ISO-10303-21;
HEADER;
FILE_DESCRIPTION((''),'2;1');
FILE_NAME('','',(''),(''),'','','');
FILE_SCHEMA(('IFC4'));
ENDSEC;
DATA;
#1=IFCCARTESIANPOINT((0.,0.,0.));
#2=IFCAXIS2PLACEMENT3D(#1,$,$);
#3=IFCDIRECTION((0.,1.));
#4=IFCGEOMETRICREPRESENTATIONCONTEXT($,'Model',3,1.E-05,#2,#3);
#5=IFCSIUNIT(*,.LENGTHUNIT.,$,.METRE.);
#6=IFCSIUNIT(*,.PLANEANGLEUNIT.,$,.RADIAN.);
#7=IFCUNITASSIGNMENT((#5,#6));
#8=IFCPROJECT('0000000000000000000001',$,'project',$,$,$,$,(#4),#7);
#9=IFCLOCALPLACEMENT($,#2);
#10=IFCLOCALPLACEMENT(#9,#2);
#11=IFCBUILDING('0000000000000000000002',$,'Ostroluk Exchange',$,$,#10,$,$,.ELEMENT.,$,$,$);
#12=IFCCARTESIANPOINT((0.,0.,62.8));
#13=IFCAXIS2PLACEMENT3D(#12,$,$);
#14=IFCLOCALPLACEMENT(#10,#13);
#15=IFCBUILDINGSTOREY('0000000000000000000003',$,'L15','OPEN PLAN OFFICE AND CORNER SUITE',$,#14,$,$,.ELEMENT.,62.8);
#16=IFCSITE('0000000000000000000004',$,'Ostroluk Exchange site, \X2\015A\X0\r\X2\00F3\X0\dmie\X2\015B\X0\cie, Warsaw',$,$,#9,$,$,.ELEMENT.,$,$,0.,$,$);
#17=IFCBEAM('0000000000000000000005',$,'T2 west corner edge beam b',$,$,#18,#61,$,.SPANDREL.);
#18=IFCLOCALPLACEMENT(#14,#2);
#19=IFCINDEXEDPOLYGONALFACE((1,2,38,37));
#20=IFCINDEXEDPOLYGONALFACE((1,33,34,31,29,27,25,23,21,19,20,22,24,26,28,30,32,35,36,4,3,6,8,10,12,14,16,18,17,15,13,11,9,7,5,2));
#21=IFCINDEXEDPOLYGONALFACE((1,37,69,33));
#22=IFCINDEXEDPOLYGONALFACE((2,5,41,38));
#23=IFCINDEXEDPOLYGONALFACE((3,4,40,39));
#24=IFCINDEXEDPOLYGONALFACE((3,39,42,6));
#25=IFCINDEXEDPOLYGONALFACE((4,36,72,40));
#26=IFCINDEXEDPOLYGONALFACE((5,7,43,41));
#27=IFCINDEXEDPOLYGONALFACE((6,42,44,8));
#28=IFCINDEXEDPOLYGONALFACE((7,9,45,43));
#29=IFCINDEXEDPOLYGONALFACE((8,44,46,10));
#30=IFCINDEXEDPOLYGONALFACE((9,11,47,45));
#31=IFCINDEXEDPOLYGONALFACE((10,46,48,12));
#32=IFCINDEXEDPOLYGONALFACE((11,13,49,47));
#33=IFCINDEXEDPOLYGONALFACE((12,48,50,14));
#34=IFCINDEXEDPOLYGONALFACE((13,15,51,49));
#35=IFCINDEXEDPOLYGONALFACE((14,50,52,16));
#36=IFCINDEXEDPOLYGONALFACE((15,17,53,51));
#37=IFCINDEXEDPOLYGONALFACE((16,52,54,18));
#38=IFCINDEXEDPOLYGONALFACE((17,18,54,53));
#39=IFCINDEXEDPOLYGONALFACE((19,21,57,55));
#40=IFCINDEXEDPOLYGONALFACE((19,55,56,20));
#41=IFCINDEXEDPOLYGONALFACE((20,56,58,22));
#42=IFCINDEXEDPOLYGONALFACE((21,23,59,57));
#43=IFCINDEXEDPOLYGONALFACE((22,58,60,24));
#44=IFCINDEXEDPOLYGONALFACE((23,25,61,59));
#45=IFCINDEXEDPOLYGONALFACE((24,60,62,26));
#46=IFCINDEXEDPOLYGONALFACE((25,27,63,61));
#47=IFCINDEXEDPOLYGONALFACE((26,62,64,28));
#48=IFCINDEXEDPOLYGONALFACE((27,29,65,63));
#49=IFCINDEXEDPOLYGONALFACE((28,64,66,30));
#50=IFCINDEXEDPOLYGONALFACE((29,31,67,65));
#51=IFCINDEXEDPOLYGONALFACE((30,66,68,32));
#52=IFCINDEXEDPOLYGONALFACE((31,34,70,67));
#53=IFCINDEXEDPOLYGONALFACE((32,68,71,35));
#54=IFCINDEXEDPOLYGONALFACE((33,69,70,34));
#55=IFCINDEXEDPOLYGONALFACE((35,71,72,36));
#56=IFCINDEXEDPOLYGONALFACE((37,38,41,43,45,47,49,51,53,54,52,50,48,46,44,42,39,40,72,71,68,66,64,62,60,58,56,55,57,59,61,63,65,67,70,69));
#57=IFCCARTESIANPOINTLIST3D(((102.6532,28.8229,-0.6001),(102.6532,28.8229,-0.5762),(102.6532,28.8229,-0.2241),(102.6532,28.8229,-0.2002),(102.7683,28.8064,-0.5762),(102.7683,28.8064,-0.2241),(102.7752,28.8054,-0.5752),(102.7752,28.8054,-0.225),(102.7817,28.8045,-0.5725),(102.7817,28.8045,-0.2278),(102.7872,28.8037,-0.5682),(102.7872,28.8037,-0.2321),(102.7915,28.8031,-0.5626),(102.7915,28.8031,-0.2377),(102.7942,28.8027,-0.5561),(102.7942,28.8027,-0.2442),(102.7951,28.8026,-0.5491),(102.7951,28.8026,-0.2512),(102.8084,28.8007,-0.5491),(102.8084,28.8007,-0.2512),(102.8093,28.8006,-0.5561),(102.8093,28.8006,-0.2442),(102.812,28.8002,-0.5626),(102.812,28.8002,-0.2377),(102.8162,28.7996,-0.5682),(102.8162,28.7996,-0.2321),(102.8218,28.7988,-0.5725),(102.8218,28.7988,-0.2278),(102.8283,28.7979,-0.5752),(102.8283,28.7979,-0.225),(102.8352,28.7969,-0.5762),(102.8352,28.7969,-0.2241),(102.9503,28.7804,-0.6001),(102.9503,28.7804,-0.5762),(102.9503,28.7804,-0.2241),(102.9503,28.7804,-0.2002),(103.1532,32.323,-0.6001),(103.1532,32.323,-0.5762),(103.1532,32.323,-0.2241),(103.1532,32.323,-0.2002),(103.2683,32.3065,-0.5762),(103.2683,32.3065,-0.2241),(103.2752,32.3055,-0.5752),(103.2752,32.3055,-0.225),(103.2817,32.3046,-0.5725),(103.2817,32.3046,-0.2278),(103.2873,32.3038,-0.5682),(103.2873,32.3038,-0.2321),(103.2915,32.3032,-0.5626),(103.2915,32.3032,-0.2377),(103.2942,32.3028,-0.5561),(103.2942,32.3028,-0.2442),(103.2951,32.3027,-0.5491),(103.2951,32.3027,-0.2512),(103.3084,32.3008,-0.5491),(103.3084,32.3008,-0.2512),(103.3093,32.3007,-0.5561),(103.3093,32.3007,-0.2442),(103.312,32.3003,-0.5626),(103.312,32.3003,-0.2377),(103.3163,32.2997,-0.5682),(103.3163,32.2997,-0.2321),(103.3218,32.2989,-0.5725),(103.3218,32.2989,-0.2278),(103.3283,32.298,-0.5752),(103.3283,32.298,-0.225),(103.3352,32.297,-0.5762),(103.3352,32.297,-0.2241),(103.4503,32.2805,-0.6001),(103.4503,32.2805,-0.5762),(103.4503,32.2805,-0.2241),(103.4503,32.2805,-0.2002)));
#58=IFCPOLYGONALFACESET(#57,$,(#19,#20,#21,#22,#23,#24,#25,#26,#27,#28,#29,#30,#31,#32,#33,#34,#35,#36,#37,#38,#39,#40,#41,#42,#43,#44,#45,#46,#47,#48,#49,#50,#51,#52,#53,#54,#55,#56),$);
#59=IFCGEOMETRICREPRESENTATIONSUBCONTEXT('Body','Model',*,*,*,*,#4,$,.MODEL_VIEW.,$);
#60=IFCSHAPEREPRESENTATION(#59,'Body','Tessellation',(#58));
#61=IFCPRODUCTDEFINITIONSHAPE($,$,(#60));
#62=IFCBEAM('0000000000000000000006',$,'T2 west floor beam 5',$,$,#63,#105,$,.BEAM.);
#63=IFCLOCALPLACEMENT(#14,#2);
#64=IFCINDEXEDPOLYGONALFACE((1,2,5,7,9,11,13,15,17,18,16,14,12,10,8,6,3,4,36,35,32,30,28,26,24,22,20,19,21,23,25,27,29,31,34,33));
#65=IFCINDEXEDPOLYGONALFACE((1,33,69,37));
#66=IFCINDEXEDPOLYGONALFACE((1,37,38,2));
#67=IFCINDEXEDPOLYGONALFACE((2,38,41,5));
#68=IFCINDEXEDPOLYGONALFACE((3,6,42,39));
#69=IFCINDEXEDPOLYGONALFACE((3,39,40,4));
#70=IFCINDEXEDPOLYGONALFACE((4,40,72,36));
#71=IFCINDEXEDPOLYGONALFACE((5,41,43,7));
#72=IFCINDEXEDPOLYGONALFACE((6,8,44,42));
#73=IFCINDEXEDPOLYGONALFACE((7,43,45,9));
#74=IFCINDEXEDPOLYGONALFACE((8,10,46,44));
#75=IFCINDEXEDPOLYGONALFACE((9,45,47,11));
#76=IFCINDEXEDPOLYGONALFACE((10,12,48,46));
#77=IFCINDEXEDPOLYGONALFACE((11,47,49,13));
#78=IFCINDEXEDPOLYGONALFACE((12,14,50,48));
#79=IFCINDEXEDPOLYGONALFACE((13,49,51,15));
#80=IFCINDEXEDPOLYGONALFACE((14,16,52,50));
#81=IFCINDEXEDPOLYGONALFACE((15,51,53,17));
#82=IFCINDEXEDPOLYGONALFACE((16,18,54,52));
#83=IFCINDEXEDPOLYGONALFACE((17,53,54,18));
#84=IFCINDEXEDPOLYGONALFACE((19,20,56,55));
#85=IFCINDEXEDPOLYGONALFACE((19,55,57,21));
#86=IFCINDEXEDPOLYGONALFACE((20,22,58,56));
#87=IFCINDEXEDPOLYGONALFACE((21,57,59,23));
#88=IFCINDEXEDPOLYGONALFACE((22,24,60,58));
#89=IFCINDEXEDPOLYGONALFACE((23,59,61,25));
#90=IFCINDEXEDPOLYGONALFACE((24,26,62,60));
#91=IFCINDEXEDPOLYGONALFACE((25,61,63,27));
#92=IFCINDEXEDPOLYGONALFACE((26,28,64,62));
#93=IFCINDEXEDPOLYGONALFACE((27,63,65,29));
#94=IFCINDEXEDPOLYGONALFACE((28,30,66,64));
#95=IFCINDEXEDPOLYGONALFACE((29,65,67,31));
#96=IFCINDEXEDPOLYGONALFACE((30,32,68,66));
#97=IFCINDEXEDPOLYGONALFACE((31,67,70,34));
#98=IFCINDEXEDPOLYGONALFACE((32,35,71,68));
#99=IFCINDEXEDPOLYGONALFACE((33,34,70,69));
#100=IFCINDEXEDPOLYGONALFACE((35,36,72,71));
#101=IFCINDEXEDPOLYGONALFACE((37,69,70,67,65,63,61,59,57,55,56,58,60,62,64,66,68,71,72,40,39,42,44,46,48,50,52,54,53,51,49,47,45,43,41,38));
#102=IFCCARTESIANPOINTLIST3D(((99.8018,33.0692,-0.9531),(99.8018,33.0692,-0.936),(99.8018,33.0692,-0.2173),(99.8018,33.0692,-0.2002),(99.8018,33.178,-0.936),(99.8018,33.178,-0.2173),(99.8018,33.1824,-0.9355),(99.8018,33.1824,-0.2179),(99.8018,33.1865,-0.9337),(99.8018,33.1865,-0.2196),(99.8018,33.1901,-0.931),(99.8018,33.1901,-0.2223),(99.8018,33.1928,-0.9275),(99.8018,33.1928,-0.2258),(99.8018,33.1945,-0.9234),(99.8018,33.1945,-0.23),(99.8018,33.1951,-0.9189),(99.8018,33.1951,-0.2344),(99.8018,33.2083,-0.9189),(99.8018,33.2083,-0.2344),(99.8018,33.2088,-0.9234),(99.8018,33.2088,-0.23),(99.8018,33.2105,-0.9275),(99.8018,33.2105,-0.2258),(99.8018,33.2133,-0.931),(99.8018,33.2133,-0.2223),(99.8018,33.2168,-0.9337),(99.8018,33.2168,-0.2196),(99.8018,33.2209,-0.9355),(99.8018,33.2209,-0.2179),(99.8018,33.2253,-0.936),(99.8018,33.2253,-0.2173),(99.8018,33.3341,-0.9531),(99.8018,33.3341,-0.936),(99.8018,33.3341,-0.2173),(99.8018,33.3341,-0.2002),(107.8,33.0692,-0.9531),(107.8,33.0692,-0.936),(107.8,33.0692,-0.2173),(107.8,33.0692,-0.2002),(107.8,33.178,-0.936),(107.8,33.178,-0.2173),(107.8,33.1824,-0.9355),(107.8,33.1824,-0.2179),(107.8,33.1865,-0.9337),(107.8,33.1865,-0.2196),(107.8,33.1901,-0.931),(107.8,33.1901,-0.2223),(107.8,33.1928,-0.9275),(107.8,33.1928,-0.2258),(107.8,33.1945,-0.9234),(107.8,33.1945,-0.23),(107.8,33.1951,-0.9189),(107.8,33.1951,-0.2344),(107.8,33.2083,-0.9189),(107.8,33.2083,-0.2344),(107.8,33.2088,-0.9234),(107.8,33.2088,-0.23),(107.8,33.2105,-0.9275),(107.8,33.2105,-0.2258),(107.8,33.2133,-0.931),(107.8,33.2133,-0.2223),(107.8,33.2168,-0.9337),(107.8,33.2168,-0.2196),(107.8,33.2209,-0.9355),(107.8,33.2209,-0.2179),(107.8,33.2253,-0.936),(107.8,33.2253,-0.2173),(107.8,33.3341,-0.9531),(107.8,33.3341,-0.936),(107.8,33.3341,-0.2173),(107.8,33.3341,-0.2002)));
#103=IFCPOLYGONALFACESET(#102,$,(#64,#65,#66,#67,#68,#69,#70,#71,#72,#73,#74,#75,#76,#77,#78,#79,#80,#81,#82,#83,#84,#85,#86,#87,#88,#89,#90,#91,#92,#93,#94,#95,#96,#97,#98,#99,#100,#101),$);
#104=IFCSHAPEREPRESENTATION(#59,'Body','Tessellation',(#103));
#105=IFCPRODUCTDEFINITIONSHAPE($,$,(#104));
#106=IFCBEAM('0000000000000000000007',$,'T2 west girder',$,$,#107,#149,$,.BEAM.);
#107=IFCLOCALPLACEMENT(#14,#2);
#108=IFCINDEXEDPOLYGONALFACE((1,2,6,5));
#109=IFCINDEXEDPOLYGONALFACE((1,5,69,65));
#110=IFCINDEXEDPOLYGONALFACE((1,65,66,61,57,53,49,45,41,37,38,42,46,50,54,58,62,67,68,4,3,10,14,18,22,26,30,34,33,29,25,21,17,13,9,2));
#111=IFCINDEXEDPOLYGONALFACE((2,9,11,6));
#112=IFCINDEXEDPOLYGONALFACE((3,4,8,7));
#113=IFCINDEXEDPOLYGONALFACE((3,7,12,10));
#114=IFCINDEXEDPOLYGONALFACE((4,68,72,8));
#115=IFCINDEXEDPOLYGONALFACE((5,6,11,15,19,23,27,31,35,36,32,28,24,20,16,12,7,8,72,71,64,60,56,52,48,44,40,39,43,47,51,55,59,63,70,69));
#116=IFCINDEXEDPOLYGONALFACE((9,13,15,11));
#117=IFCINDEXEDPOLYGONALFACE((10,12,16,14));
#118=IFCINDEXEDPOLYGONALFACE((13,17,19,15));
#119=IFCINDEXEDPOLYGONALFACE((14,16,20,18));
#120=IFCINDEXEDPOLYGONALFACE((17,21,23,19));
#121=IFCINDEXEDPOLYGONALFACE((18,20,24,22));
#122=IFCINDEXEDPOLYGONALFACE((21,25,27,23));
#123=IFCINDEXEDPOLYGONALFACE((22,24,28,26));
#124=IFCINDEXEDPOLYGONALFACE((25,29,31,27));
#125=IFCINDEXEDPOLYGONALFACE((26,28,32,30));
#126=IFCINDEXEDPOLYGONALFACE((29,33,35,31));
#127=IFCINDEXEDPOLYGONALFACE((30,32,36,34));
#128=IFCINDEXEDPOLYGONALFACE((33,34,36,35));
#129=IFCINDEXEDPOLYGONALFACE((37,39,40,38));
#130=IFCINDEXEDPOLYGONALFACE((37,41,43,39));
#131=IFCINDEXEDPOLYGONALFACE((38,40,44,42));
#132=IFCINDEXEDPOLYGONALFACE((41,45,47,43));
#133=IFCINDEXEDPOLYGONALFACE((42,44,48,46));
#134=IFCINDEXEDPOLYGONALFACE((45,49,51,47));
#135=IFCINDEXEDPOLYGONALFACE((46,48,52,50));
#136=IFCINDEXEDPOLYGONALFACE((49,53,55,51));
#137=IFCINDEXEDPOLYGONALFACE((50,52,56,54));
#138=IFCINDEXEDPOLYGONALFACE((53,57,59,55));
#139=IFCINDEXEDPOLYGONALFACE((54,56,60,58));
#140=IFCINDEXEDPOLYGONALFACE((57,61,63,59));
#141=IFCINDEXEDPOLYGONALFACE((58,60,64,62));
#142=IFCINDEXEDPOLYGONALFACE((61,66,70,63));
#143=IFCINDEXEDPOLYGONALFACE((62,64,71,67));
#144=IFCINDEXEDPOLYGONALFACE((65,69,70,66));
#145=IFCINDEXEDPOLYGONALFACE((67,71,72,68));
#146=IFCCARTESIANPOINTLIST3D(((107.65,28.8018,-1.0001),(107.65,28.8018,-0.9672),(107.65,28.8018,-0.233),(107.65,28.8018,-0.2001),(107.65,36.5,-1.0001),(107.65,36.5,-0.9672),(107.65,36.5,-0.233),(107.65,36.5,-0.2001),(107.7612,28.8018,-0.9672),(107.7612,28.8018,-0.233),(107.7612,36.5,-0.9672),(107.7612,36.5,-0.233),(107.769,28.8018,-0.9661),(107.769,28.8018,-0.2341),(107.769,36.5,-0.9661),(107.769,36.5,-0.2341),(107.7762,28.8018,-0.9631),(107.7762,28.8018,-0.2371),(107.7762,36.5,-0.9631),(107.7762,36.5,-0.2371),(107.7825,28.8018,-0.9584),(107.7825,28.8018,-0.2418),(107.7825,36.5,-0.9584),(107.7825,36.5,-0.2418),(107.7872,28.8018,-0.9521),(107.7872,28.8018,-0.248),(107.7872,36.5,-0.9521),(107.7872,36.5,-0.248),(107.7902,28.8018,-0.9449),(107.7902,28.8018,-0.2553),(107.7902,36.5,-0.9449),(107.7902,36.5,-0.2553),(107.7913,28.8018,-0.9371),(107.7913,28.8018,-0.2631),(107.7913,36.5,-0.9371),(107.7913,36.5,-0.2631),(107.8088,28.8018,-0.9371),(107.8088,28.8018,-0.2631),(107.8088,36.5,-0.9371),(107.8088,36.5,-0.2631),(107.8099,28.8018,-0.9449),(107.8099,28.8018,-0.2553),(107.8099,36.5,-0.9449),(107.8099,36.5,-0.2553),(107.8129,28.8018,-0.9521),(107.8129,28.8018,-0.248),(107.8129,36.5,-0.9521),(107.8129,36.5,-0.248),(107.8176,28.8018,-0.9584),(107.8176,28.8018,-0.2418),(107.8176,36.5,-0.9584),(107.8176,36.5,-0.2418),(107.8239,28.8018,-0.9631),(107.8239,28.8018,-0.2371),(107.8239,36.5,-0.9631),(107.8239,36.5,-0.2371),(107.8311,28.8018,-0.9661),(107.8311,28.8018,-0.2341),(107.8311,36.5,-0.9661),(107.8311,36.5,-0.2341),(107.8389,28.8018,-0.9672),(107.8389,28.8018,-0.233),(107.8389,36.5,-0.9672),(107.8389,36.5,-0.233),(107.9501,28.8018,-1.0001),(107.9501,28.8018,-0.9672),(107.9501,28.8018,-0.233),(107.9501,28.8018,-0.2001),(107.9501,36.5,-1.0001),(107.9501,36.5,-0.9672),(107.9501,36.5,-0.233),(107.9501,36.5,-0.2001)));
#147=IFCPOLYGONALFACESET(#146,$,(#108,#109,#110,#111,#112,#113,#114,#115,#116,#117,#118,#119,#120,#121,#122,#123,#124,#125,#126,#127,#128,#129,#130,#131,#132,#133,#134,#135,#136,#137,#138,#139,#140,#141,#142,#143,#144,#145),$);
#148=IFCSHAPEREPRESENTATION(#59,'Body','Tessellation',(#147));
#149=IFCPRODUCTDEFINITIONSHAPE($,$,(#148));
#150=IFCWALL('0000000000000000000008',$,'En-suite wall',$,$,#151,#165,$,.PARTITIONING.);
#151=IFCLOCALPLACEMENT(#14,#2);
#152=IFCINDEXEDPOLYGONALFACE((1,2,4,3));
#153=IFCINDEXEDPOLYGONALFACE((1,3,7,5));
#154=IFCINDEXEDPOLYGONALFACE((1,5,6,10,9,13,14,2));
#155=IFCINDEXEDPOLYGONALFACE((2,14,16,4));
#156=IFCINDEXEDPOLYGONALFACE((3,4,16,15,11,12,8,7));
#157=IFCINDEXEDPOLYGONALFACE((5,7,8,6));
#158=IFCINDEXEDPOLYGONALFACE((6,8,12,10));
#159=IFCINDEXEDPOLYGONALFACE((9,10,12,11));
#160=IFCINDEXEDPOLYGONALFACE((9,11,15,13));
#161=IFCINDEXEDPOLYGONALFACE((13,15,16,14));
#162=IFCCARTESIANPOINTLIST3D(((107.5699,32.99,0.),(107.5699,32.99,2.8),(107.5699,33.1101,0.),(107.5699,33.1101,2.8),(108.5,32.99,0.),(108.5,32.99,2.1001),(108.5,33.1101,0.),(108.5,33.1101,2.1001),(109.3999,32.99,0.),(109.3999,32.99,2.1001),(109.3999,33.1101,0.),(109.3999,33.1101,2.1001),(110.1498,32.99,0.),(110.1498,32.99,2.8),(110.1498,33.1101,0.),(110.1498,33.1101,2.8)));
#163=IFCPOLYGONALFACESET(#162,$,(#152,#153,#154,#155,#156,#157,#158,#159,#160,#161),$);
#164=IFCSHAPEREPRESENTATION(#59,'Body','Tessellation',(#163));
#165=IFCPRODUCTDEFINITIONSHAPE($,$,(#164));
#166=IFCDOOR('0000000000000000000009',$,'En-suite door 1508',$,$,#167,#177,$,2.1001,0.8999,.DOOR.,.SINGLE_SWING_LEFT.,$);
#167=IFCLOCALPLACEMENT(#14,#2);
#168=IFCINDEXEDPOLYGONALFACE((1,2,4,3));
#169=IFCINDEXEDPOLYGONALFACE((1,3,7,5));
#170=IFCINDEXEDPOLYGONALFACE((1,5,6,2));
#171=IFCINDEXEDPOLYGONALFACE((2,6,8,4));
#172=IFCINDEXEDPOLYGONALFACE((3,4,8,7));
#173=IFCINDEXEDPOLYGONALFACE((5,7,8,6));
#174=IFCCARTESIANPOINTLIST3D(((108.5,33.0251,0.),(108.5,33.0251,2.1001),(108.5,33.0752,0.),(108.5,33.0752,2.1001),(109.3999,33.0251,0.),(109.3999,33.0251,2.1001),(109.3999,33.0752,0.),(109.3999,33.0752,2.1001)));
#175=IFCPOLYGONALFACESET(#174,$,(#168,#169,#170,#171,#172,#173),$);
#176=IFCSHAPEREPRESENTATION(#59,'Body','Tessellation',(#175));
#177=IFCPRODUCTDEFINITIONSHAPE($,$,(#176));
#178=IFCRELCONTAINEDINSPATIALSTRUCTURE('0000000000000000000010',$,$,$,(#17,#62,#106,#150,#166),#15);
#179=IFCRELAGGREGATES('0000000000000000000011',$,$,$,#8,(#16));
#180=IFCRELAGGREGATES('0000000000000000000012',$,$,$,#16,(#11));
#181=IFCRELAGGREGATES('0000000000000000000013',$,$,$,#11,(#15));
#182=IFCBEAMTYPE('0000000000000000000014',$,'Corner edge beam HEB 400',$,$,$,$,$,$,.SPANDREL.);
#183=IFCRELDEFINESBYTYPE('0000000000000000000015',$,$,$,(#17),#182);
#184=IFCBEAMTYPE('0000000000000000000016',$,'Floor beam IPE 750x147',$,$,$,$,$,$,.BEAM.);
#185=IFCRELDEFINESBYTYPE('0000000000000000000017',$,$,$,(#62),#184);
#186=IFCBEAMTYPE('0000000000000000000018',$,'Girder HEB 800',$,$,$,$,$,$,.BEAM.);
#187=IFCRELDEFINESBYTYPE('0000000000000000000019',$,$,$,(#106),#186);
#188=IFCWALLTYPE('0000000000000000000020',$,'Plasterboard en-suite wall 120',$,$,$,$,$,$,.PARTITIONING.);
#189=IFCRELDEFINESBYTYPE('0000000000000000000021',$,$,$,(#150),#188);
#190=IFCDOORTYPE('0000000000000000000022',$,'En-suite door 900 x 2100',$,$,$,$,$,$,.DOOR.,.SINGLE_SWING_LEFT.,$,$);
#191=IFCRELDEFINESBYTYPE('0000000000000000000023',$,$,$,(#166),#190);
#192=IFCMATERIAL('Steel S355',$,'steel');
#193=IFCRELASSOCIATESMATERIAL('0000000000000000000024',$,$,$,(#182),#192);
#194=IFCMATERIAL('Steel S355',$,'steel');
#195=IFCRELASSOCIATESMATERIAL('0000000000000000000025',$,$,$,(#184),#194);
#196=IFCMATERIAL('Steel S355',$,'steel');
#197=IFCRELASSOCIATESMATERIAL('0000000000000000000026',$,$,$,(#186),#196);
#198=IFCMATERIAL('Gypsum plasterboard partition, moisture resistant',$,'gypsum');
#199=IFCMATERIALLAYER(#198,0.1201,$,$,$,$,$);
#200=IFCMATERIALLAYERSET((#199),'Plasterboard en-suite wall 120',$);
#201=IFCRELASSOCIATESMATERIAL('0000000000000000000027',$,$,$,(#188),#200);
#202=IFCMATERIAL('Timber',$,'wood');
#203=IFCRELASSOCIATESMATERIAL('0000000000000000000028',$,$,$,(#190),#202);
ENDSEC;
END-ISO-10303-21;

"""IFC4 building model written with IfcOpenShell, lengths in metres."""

from ifc_helpers import new_model, si_unit, direction, frame, frame_2d, origin, origin_2d, place, context, subcontext, project, spatial, rectangle, i_section, extrude, material, layer, layer_set, material_profile, profile_set, type_object, element, fill, save


model = new_model("IFC4")

# Units and contexts
model_context = context("Model", 3, precision=1e-05, world=origin(), true_north=direction((0.0, 1.0)))
body_context = subcontext(model_context, "Body", "Model", "MODEL_VIEW")
ifc_project = project(units=[si_unit("LENGTHUNIT", "METRE"), si_unit("PLANEANGLEUNIT", "RADIAN")], contexts=[model_context])

# Site, building, storey
site_placement = place(None, origin())
site = spatial("IfcSite", under=ifc_project, at=site_placement, Name="Ostroluk Exchange site, Śródmieście, Warsaw", CompositionType="ELEMENT", RefElevation=0.0)
building_placement = place(site_placement, origin())
building = spatial("IfcBuilding", under=site, at=building_placement, Name="Ostroluk Exchange", CompositionType="ELEMENT")
storey_placement = place(building_placement, frame((0.0, 0.0, 62.8)))
storey = spatial("IfcBuildingStorey", under=building, at=storey_placement, Name="L15", Description="OPEN PLAN OFFICE AND CORNER SUITE", CompositionType="ELEMENT", Elevation=62.8)

# Beams
ifc_material_1 = material(Name="Steel S355", Category="steel")
ifc_material_profile_1 = material_profile(ifc_material_1, i_section(OverallWidth=0.3, OverallDepth=0.3999, WebThickness=0.0134, FlangeThickness=0.0239, FilletRadius=0.0271, at=origin_2d()), Name="HEB 400")
ifc_profile_set_1 = profile_set([ifc_material_profile_1], Name="Steel S355")
beam_type_1 = type_object("IfcBeamType", Name="Corner edge beam HEB 400", PredefinedType="SPANDREL", material=ifc_profile_set_1)
for number, where, z_axis, x_axis, name in (
    (1, (103.3018, 32.3018, -0.4001), (-0.141421, -0.989949, 0.0), (0.989949, -0.141421, 0.0), "T2 west corner edge beam b"),
):
    element("IfcBeam", number, at=place(storey_placement, frame(where, z_axis=z_axis, x_axis=x_axis)), inside=storey, type_object=beam_type_1, Name=name, PredefinedType="SPANDREL", context=body_context, shape_type="SweptSolid", body=[
        extrude(i_section(OverallWidth=0.3, OverallDepth=0.3999, WebThickness=0.0134, FlangeThickness=0.0239, FilletRadius=0.0271, at=origin_2d()), origin(), (0.0, 0.0, 1.0), 3.5356),
    ])
ifc_material_2 = material(Name="Steel S355", Category="steel")
ifc_material_profile_2 = material_profile(ifc_material_2, i_section(OverallWidth=0.2649, OverallDepth=0.7529, WebThickness=0.0132, FlangeThickness=0.0171, FilletRadius=0.0171, at=origin_2d()), Name="IPE 750x147")
ifc_profile_set_2 = profile_set([ifc_material_profile_2], Name="Steel S355")
beam_type_2 = type_object("IfcBeamType", Name="Floor beam IPE 750x147", PredefinedType="BEAM", material=ifc_profile_set_2)
beam_1_placement = place(storey_placement, frame((107.8, 33.2017, -0.5767), z_axis=(-1.0, 0.0, 0.0), x_axis=(0.0, -1.0, 0.0)))
element("IfcBeam", 2, at=beam_1_placement, inside=storey, type_object=beam_type_2, Name="T2 west floor beam 5", PredefinedType="BEAM", context=body_context, shape_type="SweptSolid", body=[
    extrude(i_section(OverallWidth=0.2649, OverallDepth=0.7529, WebThickness=0.0132, FlangeThickness=0.0171, FilletRadius=0.0171, at=origin_2d()), origin(), (0.0, 0.0, 1.0), 7.9983),
])
ifc_material_3 = material(Name="Steel S355", Category="steel")
ifc_material_profile_3 = material_profile(ifc_material_3, i_section(OverallWidth=0.3, OverallDepth=0.8, WebThickness=0.0176, FlangeThickness=0.033, FilletRadius=0.03, at=origin_2d()), Name="HEB 800")
ifc_profile_set_3 = profile_set([ifc_material_profile_3], Name="Steel S355")
beam_type_3 = type_object("IfcBeamType", Name="Girder HEB 800", PredefinedType="BEAM", material=ifc_profile_set_3)
beam_2_placement = place(storey_placement, frame((107.8, 36.5, -0.6001), z_axis=(0.0, -1.0, 0.0), x_axis=(1.0, 0.0, 0.0)))
element("IfcBeam", 3, at=beam_2_placement, inside=storey, type_object=beam_type_3, Name="T2 west girder", PredefinedType="BEAM", context=body_context, shape_type="SweptSolid", body=[
    extrude(i_section(OverallWidth=0.3, OverallDepth=0.8, WebThickness=0.0176, FlangeThickness=0.033, FilletRadius=0.03, at=origin_2d()), origin(), (0.0, 0.0, 1.0), 7.6982),
])

# Wall, opening, door
ifc_material_4 = material(Name="Gypsum plasterboard partition, moisture resistant", Category="gypsum")
ifc_layer_1 = layer(ifc_material_4, 0.1201)
ifc_layer_set_1 = layer_set([ifc_layer_1], Name="Plasterboard en-suite wall 120")
wall_type_1 = type_object("IfcWallType", Name="Plasterboard en-suite wall 120", PredefinedType="PARTITIONING", material=ifc_layer_set_1)
wall_1_placement = place(storey_placement, frame((110.1499, 33.05, 0.0), z_axis=(0.0, 0.0, 1.0), x_axis=(-1.0, 0.0, 0.0)))
wall_1 = element("IfcWall", 4, at=wall_1_placement, inside=storey, type_object=wall_type_1, Name="En-suite wall", PredefinedType="PARTITIONING", context=body_context, shape_type="SweptSolid", body=[
    extrude(rectangle(XDim=2.5798, YDim=0.1201, at=frame_2d((1.29, 0.0))), origin(), (0.0, 0.0, 1.0), 2.8),
])
opening_1_placement = place(wall_1_placement, frame((0.75, 0.0, 0.0)))
opening_1 = element("IfcOpeningElement", 5, at=opening_1_placement, cuts=wall_1, PredefinedType="OPENING", context=body_context, shape_type="SweptSolid", body=[
    extrude(rectangle(XDim=0.8999, YDim=2.1001, at=frame_2d((0.45, 1.05))), frame((0.0, 0.0701, 0.0), z_axis=(0.0, -1.0, 0.0), x_axis=(1.0, 0.0, 0.0)), (0.0, 0.0, 1.0), 0.1401),
])
ifc_material_5 = material(Name="Timber", Category="wood")
door_type_1 = type_object("IfcDoorType", Name="En-suite door 900 x 2100", OperationType="SINGLE_SWING_LEFT", PredefinedType="DOOR", material=ifc_material_5)
door_1_placement = place(opening_1_placement, origin())
door_1 = element("IfcDoor", 6, at=door_1_placement, inside=storey, type_object=door_type_1, Name="En-suite door 1508", OperationType="SINGLE_SWING_LEFT", OverallHeight=2.1001, OverallWidth=0.8999, PredefinedType="DOOR", context=body_context, shape_type="SweptSolid", body=[
    extrude(rectangle(XDim=0.8999, YDim=2.1001, at=frame_2d((0.45, 1.05))), frame((0.0, 0.0249, 0.0), z_axis=(0.0, -1.0, 0.0), x_axis=(1.0, 0.0, 0.0)), (0.0, 0.0, 1.0), 0.05),
])
fill(opening_1, door_1)

save(model, "model.ifc")
